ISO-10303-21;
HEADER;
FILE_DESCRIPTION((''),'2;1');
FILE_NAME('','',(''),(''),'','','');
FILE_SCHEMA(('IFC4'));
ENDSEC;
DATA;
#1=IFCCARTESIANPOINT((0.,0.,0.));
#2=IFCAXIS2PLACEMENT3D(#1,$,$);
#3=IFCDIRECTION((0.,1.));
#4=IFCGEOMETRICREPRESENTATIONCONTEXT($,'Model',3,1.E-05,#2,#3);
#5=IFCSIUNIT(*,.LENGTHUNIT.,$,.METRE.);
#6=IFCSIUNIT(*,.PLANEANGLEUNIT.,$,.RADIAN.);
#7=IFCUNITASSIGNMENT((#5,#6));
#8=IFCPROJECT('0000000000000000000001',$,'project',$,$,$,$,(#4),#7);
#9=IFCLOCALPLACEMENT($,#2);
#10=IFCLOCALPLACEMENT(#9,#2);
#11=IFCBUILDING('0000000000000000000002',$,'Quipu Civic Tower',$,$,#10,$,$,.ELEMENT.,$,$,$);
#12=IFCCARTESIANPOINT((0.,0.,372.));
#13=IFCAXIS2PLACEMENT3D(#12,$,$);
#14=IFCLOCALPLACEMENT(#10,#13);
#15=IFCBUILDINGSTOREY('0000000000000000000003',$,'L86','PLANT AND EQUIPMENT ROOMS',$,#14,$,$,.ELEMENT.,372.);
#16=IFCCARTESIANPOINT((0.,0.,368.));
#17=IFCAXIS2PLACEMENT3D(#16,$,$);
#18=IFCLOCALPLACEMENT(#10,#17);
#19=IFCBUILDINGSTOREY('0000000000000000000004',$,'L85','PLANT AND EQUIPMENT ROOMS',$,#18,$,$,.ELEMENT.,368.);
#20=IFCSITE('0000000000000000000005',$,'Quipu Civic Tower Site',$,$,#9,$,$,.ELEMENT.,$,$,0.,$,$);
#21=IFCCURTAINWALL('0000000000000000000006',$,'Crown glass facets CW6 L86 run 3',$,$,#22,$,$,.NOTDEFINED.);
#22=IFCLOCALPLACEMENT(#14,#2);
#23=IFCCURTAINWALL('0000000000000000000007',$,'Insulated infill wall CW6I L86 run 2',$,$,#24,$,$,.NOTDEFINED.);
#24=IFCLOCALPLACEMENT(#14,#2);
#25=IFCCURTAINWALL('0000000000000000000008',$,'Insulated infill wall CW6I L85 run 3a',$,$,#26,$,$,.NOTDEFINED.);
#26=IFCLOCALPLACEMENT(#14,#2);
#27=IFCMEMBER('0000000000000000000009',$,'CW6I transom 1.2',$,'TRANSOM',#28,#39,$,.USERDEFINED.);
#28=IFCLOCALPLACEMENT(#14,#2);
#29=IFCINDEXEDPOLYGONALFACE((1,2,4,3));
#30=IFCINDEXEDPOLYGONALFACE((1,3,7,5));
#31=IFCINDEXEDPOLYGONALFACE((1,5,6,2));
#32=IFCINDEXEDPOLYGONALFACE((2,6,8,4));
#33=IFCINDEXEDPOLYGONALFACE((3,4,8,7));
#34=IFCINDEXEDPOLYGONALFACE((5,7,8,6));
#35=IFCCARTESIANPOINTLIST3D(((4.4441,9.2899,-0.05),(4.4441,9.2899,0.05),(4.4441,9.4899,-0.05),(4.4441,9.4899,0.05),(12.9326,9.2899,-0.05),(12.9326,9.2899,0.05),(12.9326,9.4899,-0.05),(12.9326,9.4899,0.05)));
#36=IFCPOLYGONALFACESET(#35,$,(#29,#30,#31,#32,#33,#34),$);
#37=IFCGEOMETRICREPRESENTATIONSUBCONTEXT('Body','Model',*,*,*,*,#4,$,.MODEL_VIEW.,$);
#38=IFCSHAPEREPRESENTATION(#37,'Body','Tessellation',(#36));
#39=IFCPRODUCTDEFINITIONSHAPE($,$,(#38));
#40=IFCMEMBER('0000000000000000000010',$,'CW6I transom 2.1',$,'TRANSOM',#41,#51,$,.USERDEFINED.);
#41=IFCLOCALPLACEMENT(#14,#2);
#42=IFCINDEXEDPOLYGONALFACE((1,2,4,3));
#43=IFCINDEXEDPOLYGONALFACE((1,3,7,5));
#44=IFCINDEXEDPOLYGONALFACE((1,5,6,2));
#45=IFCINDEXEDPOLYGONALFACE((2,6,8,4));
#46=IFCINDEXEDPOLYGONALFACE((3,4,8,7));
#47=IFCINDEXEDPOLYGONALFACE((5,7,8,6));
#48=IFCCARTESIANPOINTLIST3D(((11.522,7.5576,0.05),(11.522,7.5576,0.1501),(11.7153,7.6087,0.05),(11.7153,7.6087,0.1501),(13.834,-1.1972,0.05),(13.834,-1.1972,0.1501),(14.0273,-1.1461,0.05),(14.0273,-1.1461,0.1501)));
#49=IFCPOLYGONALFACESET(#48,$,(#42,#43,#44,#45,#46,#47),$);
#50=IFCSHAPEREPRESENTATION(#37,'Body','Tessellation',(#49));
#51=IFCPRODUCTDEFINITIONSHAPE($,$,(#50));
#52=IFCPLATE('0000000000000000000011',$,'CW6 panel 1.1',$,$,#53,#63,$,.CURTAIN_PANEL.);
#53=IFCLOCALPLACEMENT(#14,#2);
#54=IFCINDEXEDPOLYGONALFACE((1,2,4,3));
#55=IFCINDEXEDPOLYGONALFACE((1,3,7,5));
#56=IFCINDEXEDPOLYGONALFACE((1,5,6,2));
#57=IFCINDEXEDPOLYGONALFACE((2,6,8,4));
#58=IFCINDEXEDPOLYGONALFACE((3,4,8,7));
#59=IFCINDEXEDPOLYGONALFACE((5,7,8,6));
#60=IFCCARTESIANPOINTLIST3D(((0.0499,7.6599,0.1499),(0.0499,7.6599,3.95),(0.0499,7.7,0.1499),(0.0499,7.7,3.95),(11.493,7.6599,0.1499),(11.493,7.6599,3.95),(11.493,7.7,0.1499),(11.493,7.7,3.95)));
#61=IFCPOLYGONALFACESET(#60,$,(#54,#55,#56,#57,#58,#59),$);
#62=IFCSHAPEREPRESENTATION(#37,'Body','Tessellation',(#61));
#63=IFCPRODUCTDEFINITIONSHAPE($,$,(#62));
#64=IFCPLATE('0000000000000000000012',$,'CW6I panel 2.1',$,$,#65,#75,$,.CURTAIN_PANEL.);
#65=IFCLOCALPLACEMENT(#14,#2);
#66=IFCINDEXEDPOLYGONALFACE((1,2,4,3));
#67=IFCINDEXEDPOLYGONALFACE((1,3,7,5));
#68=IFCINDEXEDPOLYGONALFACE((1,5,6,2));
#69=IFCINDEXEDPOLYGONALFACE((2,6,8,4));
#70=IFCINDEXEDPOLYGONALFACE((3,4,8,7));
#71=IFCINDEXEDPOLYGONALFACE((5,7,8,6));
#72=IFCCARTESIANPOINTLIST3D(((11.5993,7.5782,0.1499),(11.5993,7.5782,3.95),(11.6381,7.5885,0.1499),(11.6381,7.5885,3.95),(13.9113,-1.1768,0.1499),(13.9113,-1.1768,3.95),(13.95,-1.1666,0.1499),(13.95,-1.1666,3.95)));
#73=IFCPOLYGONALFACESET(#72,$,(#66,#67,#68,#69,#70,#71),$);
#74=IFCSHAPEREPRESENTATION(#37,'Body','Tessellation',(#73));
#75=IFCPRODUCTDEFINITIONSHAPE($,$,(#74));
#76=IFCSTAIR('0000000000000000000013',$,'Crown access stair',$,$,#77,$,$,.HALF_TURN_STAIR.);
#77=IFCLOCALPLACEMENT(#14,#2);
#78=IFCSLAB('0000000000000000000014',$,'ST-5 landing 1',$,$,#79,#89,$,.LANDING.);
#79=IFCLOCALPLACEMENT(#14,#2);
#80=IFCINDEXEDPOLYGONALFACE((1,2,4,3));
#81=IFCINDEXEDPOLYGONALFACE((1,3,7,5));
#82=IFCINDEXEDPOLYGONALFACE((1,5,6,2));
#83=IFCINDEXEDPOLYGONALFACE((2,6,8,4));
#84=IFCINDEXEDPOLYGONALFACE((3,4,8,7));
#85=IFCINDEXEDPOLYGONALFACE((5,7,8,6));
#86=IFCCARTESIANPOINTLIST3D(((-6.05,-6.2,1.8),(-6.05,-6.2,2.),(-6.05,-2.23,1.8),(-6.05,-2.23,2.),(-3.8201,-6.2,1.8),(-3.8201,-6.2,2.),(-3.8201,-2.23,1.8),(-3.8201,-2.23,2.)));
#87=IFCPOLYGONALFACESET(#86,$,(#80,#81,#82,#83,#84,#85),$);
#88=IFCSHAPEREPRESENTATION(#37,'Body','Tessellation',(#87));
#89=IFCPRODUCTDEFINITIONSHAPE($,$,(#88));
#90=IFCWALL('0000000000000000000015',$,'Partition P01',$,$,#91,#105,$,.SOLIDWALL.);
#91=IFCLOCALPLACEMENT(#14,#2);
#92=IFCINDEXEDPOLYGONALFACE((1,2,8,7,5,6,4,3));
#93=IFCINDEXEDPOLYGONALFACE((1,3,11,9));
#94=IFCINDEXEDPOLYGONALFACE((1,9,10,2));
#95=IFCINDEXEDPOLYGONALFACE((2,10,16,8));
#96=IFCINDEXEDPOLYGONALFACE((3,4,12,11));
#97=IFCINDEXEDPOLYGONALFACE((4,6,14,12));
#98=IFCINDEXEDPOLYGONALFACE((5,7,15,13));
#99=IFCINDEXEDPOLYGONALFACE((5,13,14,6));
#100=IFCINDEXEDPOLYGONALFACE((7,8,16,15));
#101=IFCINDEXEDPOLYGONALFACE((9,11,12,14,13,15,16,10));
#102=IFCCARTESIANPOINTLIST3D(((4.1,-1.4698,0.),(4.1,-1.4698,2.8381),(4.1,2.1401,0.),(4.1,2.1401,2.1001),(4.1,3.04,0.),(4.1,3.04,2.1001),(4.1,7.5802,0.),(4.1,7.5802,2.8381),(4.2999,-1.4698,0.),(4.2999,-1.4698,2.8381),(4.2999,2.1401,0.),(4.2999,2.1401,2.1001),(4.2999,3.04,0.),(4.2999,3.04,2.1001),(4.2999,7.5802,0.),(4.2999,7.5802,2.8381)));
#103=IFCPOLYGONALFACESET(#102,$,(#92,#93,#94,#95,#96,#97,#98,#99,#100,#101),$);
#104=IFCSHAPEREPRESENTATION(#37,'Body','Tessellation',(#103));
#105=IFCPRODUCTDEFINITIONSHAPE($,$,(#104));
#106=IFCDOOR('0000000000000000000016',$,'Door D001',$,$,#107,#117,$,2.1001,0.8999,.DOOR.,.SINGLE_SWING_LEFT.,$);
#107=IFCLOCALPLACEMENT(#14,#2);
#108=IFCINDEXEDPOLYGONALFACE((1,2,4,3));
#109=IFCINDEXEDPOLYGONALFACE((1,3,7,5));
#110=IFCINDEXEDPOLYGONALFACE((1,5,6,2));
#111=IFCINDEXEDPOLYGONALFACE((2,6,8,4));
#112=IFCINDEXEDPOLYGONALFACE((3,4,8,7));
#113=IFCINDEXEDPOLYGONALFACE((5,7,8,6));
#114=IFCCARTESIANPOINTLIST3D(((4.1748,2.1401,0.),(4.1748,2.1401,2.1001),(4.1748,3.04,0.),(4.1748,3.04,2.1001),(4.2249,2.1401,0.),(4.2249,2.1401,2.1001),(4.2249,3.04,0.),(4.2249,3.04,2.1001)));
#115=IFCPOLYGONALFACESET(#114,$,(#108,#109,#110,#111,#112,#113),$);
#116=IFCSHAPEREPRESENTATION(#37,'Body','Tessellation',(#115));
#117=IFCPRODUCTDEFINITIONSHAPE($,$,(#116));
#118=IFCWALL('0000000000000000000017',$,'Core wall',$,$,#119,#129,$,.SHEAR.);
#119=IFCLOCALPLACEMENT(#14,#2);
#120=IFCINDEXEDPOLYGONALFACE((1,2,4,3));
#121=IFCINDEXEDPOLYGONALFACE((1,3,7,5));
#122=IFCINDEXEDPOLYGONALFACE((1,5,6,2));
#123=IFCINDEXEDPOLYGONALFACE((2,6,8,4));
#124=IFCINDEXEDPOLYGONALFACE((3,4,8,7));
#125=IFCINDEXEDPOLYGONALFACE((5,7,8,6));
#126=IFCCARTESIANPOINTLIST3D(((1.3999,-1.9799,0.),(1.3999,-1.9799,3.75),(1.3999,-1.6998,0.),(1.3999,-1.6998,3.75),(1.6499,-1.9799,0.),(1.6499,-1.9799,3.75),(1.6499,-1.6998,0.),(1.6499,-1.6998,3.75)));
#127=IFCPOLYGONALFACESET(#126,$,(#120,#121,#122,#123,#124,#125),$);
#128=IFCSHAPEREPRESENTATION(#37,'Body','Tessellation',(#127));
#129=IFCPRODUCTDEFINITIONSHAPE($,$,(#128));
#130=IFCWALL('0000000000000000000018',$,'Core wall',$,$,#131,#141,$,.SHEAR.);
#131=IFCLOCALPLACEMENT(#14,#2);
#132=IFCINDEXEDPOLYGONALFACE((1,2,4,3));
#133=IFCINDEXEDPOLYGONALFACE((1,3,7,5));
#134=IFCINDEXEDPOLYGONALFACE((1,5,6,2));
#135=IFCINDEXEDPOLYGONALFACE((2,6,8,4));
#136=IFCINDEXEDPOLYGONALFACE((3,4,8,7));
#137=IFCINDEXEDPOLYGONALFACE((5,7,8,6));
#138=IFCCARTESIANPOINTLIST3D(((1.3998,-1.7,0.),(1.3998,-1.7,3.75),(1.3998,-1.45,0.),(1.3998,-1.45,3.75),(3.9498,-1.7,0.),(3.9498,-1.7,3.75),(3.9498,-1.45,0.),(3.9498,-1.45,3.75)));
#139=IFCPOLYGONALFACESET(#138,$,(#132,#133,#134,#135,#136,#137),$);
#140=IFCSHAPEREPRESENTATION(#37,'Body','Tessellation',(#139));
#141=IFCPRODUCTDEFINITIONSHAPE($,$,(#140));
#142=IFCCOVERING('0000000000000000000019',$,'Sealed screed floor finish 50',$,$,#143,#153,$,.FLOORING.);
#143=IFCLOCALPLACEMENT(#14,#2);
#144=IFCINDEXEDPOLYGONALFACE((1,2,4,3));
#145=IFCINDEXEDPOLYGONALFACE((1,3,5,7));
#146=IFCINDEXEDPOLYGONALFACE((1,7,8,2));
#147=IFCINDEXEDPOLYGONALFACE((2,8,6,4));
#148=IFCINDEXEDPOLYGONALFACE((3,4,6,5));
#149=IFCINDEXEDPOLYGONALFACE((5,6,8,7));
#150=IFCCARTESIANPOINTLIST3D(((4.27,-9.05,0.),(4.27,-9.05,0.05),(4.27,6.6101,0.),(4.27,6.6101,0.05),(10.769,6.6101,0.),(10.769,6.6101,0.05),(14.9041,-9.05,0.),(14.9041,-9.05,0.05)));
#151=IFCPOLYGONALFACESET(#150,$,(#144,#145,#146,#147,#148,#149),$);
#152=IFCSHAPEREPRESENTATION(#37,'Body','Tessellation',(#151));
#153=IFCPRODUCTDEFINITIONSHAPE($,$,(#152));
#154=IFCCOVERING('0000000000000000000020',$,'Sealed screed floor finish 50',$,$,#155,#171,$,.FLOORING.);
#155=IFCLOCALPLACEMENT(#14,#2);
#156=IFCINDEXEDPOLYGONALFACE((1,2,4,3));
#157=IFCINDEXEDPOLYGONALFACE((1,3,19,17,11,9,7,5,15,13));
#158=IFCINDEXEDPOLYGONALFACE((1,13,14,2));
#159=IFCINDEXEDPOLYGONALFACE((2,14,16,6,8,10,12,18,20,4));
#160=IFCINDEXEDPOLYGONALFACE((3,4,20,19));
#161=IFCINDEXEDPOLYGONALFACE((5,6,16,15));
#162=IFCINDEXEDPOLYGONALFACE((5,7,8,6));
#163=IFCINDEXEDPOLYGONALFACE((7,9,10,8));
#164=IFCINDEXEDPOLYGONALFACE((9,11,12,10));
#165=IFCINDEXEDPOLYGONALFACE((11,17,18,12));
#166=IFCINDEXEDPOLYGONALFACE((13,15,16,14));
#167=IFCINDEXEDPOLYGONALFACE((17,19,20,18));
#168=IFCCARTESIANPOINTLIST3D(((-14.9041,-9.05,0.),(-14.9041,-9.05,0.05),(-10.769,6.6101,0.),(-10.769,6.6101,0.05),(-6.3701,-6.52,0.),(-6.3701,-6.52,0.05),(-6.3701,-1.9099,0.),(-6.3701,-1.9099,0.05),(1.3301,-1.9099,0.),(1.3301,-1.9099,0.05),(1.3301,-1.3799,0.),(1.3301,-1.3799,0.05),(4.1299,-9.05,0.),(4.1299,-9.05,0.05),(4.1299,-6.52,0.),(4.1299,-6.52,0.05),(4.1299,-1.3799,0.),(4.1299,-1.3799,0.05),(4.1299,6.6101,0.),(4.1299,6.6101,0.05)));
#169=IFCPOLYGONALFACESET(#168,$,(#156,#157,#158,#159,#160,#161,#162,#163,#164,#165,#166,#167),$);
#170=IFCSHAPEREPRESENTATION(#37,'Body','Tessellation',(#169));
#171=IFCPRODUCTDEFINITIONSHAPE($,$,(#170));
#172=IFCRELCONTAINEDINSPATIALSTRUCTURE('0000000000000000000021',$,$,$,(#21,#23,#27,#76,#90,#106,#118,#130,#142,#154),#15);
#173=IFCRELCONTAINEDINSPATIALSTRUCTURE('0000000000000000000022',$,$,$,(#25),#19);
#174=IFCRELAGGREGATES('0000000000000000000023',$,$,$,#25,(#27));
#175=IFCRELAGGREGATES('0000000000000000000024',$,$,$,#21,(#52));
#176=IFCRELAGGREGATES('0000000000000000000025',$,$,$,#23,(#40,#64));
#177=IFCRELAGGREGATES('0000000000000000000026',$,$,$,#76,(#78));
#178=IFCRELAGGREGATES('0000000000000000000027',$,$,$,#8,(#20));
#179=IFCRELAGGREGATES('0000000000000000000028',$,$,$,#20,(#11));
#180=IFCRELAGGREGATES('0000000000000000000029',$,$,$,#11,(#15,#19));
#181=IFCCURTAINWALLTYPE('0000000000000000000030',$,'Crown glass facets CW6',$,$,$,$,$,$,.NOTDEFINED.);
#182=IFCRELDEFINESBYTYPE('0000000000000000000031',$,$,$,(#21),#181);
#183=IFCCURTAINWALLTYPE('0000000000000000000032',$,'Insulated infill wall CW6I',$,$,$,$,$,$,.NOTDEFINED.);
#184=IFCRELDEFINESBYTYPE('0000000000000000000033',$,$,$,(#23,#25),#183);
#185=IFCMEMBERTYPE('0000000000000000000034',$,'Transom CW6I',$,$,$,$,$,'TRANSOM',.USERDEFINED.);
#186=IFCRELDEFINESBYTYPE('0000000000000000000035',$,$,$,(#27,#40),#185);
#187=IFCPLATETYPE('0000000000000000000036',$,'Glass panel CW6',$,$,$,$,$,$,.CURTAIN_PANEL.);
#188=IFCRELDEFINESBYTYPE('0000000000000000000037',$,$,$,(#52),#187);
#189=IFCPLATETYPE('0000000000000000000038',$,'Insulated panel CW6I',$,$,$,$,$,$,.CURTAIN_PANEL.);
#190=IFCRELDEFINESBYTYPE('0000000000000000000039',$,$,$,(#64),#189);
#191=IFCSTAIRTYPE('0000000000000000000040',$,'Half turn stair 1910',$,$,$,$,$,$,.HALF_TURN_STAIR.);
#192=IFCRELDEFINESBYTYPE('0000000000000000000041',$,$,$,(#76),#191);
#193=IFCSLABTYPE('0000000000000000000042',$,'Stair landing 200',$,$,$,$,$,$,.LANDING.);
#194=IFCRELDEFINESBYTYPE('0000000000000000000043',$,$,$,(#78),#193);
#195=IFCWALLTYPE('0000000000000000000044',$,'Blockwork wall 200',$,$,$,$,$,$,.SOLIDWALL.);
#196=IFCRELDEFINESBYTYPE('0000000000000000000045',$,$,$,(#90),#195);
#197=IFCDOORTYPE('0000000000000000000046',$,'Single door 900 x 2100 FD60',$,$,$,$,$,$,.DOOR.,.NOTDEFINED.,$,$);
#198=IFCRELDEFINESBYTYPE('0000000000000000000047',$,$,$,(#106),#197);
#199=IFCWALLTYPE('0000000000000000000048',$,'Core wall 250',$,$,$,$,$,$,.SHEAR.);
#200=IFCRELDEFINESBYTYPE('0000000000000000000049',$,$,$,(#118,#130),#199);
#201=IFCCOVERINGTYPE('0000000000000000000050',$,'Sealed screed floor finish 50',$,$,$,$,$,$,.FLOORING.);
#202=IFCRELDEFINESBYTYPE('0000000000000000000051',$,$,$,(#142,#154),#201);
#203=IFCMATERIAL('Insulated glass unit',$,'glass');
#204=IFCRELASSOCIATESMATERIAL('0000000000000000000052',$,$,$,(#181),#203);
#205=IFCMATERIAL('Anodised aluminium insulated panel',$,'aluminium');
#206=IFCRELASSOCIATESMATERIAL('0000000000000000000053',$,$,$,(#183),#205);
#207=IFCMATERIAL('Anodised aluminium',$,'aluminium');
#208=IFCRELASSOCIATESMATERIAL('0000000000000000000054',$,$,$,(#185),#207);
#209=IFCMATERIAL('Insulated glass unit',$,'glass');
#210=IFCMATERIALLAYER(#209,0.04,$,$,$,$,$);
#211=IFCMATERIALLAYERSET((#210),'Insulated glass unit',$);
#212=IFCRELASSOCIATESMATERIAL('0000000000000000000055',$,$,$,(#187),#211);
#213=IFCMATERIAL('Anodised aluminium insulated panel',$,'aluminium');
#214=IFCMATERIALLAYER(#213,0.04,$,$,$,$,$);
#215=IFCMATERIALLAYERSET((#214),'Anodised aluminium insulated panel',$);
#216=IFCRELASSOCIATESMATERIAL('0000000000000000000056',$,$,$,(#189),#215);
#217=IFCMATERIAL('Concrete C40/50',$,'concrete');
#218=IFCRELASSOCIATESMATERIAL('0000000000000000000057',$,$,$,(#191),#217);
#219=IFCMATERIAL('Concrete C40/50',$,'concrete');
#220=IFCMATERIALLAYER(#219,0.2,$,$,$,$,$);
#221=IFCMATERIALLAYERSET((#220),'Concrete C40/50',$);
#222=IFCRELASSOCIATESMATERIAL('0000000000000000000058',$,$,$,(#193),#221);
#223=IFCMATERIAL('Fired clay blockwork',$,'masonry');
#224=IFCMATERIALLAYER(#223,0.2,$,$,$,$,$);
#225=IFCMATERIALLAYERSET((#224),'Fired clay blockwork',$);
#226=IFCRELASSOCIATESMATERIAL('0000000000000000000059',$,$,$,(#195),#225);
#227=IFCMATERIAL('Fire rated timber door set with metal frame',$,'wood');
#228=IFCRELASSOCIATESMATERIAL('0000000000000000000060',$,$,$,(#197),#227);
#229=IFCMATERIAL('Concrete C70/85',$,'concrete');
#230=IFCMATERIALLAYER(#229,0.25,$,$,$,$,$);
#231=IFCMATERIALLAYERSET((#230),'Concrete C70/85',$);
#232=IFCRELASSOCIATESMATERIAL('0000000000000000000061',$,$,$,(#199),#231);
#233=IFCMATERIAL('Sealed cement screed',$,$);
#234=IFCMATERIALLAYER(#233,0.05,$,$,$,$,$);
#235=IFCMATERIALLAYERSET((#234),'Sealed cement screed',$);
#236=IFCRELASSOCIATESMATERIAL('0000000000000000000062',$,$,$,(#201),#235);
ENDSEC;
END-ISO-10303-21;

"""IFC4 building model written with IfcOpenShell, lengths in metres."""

from ifc_helpers import new_model, si_unit, direction, frame, frame_2d, origin, origin_2d, place, context, subcontext, project, spatial, polyline, rectangle, outline, extrude, material, layer, layer_set, material_profile, profile_set, type_object, element, fill, aggregate, save


model = new_model("IFC4")

# Units and contexts
model_context = context("Model", 3, precision=1e-05, world=origin(), true_north=direction((0.0, 1.0)))
body_context = subcontext(model_context, "Body", "Model", "MODEL_VIEW")
ifc_project = project(units=[si_unit("LENGTHUNIT", "METRE"), si_unit("PLANEANGLEUNIT", "RADIAN")], contexts=[model_context])

# Site, building, storey
site_placement = place(None, origin())
site = spatial("IfcSite", under=ifc_project, at=site_placement, Name="Quipu Civic Tower Site", CompositionType="ELEMENT", RefElevation=0.0)
building_placement = place(site_placement, origin())
building = spatial("IfcBuilding", under=site, at=building_placement, Name="Quipu Civic Tower", CompositionType="ELEMENT")
storey_1_placement = place(building_placement, frame((0.0, 0.0, 372.0)))
storey_1 = spatial("IfcBuildingStorey", under=building, at=storey_1_placement, Name="L86", Description="PLANT AND EQUIPMENT ROOMS", CompositionType="ELEMENT", Elevation=372.0)

# Curtain wall
ifc_material_1 = material(Name="Insulated glass unit", Category="glass")
curtain_wall_type_1 = type_object("IfcCurtainWallType", Name="Crown glass facets CW6", PredefinedType="NOTDEFINED", material=ifc_material_1)
curtain_wall_1_placement = place(storey_1_placement, origin())
curtain_wall_1 = element("IfcCurtainWall", 1, at=curtain_wall_1_placement, inside=storey_1, type_object=curtain_wall_type_1, Name="Crown glass facets CW6 L86 run 3", PredefinedType="NOTDEFINED")

# Curtain wall
ifc_material_2 = material(Name="Anodised aluminium insulated panel", Category="aluminium")
curtain_wall_type_2 = type_object("IfcCurtainWallType", Name="Insulated infill wall CW6I", PredefinedType="NOTDEFINED", material=ifc_material_2)
curtain_wall_2_placement = place(storey_1_placement, origin())
curtain_wall_2 = element("IfcCurtainWall", 2, at=curtain_wall_2_placement, inside=storey_1, type_object=curtain_wall_type_2, Name="Insulated infill wall CW6I L86 run 2", PredefinedType="NOTDEFINED")

# Shared definitions
storey_2_placement = place(building_placement, frame((0.0, 0.0, 368.0)))
storey_2 = spatial("IfcBuildingStorey", under=building, at=storey_2_placement, Name="L85", Description="PLANT AND EQUIPMENT ROOMS", CompositionType="ELEMENT", Elevation=368.0)

# Curtain wall, member
ifc_material_3 = material(Name="Anodised aluminium", Category="aluminium")
ifc_material_profile_1 = material_profile(ifc_material_3, rectangle(XDim=0.2, YDim=0.1001, at=origin_2d()), Name="RECT 200x100")
ifc_profile_set_1 = profile_set([ifc_material_profile_1], Name="Anodised aluminium")
member_type_1 = type_object("IfcMemberType", Name="Transom CW6I", ElementType="TRANSOM", PredefinedType="USERDEFINED", material=ifc_profile_set_1)
curtain_wall_3_placement = place(storey_2_placement, origin())
curtain_wall_3 = element("IfcCurtainWall", 3, at=curtain_wall_3_placement, inside=storey_2, type_object=curtain_wall_type_2, Name="Insulated infill wall CW6I L85 run 3a", PredefinedType="NOTDEFINED")
member_1_placement = place(storey_1_placement, frame((12.9326, 9.3899, 0.0), z_axis=(-1.0, 0.0, 0.0), x_axis=(0.0, -1.0, 0.0)))
member_1 = element("IfcMember", 4, at=member_1_placement, inside=storey_1, type_object=member_type_1, Name="CW6I transom 1.2", ObjectType="TRANSOM", PredefinedType="USERDEFINED", context=body_context, shape_type="SweptSolid", body=[
    extrude(rectangle(XDim=0.2, YDim=0.1001, at=origin_2d()), origin(), (0.0, 0.0, 1.0), 8.4885),
])
aggregate(curtain_wall_3, [member_1])

# Member
member_2_placement = place(storey_1_placement, frame((13.9307, -1.1716, 0.1001), z_axis=(-0.255329, 0.966854, 0.0), x_axis=(-0.966854, -0.255329, 0.0)))
member_2 = element("IfcMember", 5, at=member_2_placement, type_object=member_type_1, Name="CW6I transom 2.1", ObjectType="TRANSOM", PredefinedType="USERDEFINED", context=body_context, shape_type="SweptSolid", body=[
    extrude(rectangle(XDim=0.2, YDim=0.1001, at=origin_2d()), origin(), (0.0, 0.0, 1.0), 9.0549),
])

# Plates
ifc_material_4 = material(Name="Insulated glass unit", Category="glass")
ifc_layer_1 = layer(ifc_material_4, 0.04)
ifc_layer_set_1 = layer_set([ifc_layer_1], Name="Insulated glass unit")
plate_type_1 = type_object("IfcPlateType", Name="Glass panel CW6", PredefinedType="CURTAIN_PANEL", material=ifc_layer_set_1)
plate_1_placement = place(storey_1_placement, frame((5.7715, 7.6799, 0.1499), z_axis=(0.0, 0.0, 1.0), x_axis=(-1.0, 0.0, 0.0)))
plate_1 = element("IfcPlate", 6, at=plate_1_placement, type_object=plate_type_1, Name="CW6 panel 1.1", PredefinedType="CURTAIN_PANEL", context=body_context, shape_type="SweptSolid", body=[
    extrude(rectangle(XDim=11.4431, YDim=0.04, at=origin_2d()), origin(), (0.0, 0.0, 1.0), 3.8),
])
aggregate(curtain_wall_1, [plate_1])
ifc_material_5 = material(Name="Anodised aluminium insulated panel", Category="aluminium")
ifc_layer_2 = layer(ifc_material_5, 0.04)
ifc_layer_set_2 = layer_set([ifc_layer_2], Name="Anodised aluminium insulated panel")
plate_type_2 = type_object("IfcPlateType", Name="Insulated panel CW6I", PredefinedType="CURTAIN_PANEL", material=ifc_layer_set_2)
plate_2_placement = place(storey_1_placement, frame((12.7747, 3.2058, 0.1499), z_axis=(0.0, 0.0, 1.0), x_axis=(-0.255316, 0.966858, 0.0)))
plate_2 = element("IfcPlate", 7, at=plate_2_placement, type_object=plate_type_2, Name="CW6I panel 2.1", PredefinedType="CURTAIN_PANEL", context=body_context, shape_type="SweptSolid", body=[
    extrude(rectangle(XDim=9.0552, YDim=0.04, at=origin_2d()), origin(), (0.0, 0.0, 1.0), 3.8),
])
aggregate(curtain_wall_2, [member_2, plate_2])

# Stair, slab
ifc_material_6 = material(Name="Concrete C40/50", Category="concrete")
stair_type = type_object("IfcStairType", Name="Half turn stair 1910", PredefinedType="HALF_TURN_STAIR", material=ifc_material_6)
stair_placement = place(storey_1_placement, origin())
stair = element("IfcStair", 8, at=stair_placement, inside=storey_1, type_object=stair_type, Name="Crown access stair", PredefinedType="HALF_TURN_STAIR")
ifc_material_7 = material(Name="Concrete C40/50", Category="concrete")
ifc_layer_3 = layer(ifc_material_7, 0.2)
ifc_layer_set_3 = layer_set([ifc_layer_3], Name="Concrete C40/50")
slab_type = type_object("IfcSlabType", Name="Stair landing 200", PredefinedType="LANDING", material=ifc_layer_set_3)
slab_placement = place(storey_1_placement, frame((0.0, 0.0, 1.8)))
slab = element("IfcSlab", 9, at=slab_placement, type_object=slab_type, Name="ST-5 landing 1", PredefinedType="LANDING", context=body_context, shape_type="SweptSolid", body=[
    extrude(outline(polyline([(-3.8201, -2.23), (-6.05, -2.23), (-6.05, -6.2), (-3.8201, -6.2), (-3.8201, -2.23)])), origin(), (0.0, 0.0, 1.0), 0.2),
])
aggregate(stair, [slab])

# Wall, opening, door
ifc_material_8 = material(Name="Fired clay blockwork", Category="masonry")
ifc_layer_4 = layer(ifc_material_8, 0.2)
ifc_layer_set_4 = layer_set([ifc_layer_4], Name="Fired clay blockwork")
wall_type_1 = type_object("IfcWallType", Name="Blockwork wall 200", PredefinedType="SOLIDWALL", material=ifc_layer_set_4)
wall_1_placement = place(storey_1_placement, frame((4.2, 7.5801, 0.0), z_axis=(0.0, 0.0, 1.0), x_axis=(0.0, -1.0, 0.0)))
wall_1 = element("IfcWall", 10, at=wall_1_placement, inside=storey_1, type_object=wall_type_1, Name="Partition P01", PredefinedType="SOLIDWALL", context=body_context, shape_type="SweptSolid", body=[
    extrude(rectangle(XDim=9.05, YDim=0.2, at=frame_2d((4.5249, 0.0))), origin(), (0.0, 0.0, 1.0), 2.8381),
])
opening_placement = place(wall_1_placement, frame((4.54, 0.0, 0.0)))
opening = element("IfcOpeningElement", 11, at=opening_placement, cuts=wall_1, PredefinedType="OPENING", context=body_context, shape_type="SweptSolid", body=[
    extrude(rectangle(XDim=0.8999, YDim=2.1001, at=frame_2d((0.45, 1.05))), frame((0.0, 0.1099, 0.0), z_axis=(0.0, -1.0, 0.0), x_axis=(1.0, 0.0, 0.0)), (0.0, 0.0, 1.0), 0.22),
])
ifc_material_9 = material(Name="Fire rated timber door set with metal frame", Category="wood")
door_type = type_object("IfcDoorType", Name="Single door 900 x 2100 FD60", OperationType="NOTDEFINED", PredefinedType="DOOR", material=ifc_material_9)
door_placement = place(opening_placement, origin())
door = element("IfcDoor", 12, at=door_placement, inside=storey_1, type_object=door_type, Name="Door D001", OperationType="SINGLE_SWING_LEFT", OverallHeight=2.1001, OverallWidth=0.8999, PredefinedType="DOOR", context=body_context, shape_type="SweptSolid", body=[
    extrude(rectangle(XDim=0.8999, YDim=2.1001, at=frame_2d((0.45, 1.05))), frame((0.0, 0.0249, 0.0), z_axis=(0.0, -1.0, 0.0), x_axis=(1.0, 0.0, 0.0)), (0.0, 0.0, 1.0), 0.05),
])
fill(opening, door)

# Walls
ifc_material_10 = material(Name="Concrete C70/85", Category="concrete")
ifc_layer_5 = layer(ifc_material_10, 0.25)
ifc_layer_set_5 = layer_set([ifc_layer_5], Name="Concrete C70/85")
wall_type_2 = type_object("IfcWallType", Name="Core wall 250", PredefinedType="SHEAR", material=ifc_layer_set_5)
wall_2_placement = place(storey_1_placement, frame((1.5249, -1.98, 0.0), z_axis=(0.0, 0.0, 1.0), x_axis=(0.0, 1.0, 0.0)))
element("IfcWall", 13, at=wall_2_placement, inside=storey_1, type_object=wall_type_2, Name="Core wall", PredefinedType="SHEAR", context=body_context, shape_type="SweptSolid", body=[
    extrude(rectangle(XDim=0.28, YDim=0.25, at=frame_2d((0.1401, 0.0))), origin(), (0.0, 0.0, 1.0), 3.75),
])
wall_3_placement = place(storey_1_placement, frame((1.3999, -1.575, 0.0), z_axis=(0.0, 0.0, 1.0), x_axis=(1.0, 0.0, 0.0)))
element("IfcWall", 14, at=wall_3_placement, inside=storey_1, type_object=wall_type_2, Name="Core wall", PredefinedType="SHEAR", context=body_context, shape_type="SweptSolid", body=[
    extrude(rectangle(XDim=2.55, YDim=0.25, at=frame_2d((1.2749, 0.0))), origin(), (0.0, 0.0, 1.0), 3.75),
])

# Coverings
ifc_material_11 = material(Name="Sealed cement screed")
ifc_layer_6 = layer(ifc_material_11, 0.05)
ifc_layer_set_6 = layer_set([ifc_layer_6], Name="Sealed cement screed")
covering_type = type_object("IfcCoveringType", Name="Sealed screed floor finish 50", PredefinedType="FLOORING", material=ifc_layer_set_6)
covering_1_placement = place(storey_1_placement, origin())
element("IfcCovering", 15, at=covering_1_placement, inside=storey_1, type_object=covering_type, Name="Sealed screed floor finish 50", PredefinedType="FLOORING", context=body_context, shape_type="SweptSolid", body=[
    extrude(outline(polyline([(4.27, 6.6101), (10.769, 6.6101), (14.9041, -9.05), (4.27, -9.05), (4.27, 6.6101)])), origin(), (0.0, 0.0, 1.0), 0.05),
])
covering_2_placement = place(storey_1_placement, origin())
element("IfcCovering", 16, at=covering_2_placement, inside=storey_1, type_object=covering_type, Name="Sealed screed floor finish 50", PredefinedType="FLOORING", context=body_context, shape_type="SweptSolid", body=[
    extrude(outline(polyline([(-10.769, 6.6101), (4.1299, 6.6101), (4.1299, -1.3799), (1.3301, -1.3799), (1.3301, -1.9099), (-6.3701, -1.9099), (-6.3701, -6.52), (4.1299, -6.52), (4.1299, -9.05), (-14.9041, -9.05), (-10.769, 6.6101)])), origin(), (0.0, 0.0, 1.0), 0.05),
])

save(model, "model.ifc")
